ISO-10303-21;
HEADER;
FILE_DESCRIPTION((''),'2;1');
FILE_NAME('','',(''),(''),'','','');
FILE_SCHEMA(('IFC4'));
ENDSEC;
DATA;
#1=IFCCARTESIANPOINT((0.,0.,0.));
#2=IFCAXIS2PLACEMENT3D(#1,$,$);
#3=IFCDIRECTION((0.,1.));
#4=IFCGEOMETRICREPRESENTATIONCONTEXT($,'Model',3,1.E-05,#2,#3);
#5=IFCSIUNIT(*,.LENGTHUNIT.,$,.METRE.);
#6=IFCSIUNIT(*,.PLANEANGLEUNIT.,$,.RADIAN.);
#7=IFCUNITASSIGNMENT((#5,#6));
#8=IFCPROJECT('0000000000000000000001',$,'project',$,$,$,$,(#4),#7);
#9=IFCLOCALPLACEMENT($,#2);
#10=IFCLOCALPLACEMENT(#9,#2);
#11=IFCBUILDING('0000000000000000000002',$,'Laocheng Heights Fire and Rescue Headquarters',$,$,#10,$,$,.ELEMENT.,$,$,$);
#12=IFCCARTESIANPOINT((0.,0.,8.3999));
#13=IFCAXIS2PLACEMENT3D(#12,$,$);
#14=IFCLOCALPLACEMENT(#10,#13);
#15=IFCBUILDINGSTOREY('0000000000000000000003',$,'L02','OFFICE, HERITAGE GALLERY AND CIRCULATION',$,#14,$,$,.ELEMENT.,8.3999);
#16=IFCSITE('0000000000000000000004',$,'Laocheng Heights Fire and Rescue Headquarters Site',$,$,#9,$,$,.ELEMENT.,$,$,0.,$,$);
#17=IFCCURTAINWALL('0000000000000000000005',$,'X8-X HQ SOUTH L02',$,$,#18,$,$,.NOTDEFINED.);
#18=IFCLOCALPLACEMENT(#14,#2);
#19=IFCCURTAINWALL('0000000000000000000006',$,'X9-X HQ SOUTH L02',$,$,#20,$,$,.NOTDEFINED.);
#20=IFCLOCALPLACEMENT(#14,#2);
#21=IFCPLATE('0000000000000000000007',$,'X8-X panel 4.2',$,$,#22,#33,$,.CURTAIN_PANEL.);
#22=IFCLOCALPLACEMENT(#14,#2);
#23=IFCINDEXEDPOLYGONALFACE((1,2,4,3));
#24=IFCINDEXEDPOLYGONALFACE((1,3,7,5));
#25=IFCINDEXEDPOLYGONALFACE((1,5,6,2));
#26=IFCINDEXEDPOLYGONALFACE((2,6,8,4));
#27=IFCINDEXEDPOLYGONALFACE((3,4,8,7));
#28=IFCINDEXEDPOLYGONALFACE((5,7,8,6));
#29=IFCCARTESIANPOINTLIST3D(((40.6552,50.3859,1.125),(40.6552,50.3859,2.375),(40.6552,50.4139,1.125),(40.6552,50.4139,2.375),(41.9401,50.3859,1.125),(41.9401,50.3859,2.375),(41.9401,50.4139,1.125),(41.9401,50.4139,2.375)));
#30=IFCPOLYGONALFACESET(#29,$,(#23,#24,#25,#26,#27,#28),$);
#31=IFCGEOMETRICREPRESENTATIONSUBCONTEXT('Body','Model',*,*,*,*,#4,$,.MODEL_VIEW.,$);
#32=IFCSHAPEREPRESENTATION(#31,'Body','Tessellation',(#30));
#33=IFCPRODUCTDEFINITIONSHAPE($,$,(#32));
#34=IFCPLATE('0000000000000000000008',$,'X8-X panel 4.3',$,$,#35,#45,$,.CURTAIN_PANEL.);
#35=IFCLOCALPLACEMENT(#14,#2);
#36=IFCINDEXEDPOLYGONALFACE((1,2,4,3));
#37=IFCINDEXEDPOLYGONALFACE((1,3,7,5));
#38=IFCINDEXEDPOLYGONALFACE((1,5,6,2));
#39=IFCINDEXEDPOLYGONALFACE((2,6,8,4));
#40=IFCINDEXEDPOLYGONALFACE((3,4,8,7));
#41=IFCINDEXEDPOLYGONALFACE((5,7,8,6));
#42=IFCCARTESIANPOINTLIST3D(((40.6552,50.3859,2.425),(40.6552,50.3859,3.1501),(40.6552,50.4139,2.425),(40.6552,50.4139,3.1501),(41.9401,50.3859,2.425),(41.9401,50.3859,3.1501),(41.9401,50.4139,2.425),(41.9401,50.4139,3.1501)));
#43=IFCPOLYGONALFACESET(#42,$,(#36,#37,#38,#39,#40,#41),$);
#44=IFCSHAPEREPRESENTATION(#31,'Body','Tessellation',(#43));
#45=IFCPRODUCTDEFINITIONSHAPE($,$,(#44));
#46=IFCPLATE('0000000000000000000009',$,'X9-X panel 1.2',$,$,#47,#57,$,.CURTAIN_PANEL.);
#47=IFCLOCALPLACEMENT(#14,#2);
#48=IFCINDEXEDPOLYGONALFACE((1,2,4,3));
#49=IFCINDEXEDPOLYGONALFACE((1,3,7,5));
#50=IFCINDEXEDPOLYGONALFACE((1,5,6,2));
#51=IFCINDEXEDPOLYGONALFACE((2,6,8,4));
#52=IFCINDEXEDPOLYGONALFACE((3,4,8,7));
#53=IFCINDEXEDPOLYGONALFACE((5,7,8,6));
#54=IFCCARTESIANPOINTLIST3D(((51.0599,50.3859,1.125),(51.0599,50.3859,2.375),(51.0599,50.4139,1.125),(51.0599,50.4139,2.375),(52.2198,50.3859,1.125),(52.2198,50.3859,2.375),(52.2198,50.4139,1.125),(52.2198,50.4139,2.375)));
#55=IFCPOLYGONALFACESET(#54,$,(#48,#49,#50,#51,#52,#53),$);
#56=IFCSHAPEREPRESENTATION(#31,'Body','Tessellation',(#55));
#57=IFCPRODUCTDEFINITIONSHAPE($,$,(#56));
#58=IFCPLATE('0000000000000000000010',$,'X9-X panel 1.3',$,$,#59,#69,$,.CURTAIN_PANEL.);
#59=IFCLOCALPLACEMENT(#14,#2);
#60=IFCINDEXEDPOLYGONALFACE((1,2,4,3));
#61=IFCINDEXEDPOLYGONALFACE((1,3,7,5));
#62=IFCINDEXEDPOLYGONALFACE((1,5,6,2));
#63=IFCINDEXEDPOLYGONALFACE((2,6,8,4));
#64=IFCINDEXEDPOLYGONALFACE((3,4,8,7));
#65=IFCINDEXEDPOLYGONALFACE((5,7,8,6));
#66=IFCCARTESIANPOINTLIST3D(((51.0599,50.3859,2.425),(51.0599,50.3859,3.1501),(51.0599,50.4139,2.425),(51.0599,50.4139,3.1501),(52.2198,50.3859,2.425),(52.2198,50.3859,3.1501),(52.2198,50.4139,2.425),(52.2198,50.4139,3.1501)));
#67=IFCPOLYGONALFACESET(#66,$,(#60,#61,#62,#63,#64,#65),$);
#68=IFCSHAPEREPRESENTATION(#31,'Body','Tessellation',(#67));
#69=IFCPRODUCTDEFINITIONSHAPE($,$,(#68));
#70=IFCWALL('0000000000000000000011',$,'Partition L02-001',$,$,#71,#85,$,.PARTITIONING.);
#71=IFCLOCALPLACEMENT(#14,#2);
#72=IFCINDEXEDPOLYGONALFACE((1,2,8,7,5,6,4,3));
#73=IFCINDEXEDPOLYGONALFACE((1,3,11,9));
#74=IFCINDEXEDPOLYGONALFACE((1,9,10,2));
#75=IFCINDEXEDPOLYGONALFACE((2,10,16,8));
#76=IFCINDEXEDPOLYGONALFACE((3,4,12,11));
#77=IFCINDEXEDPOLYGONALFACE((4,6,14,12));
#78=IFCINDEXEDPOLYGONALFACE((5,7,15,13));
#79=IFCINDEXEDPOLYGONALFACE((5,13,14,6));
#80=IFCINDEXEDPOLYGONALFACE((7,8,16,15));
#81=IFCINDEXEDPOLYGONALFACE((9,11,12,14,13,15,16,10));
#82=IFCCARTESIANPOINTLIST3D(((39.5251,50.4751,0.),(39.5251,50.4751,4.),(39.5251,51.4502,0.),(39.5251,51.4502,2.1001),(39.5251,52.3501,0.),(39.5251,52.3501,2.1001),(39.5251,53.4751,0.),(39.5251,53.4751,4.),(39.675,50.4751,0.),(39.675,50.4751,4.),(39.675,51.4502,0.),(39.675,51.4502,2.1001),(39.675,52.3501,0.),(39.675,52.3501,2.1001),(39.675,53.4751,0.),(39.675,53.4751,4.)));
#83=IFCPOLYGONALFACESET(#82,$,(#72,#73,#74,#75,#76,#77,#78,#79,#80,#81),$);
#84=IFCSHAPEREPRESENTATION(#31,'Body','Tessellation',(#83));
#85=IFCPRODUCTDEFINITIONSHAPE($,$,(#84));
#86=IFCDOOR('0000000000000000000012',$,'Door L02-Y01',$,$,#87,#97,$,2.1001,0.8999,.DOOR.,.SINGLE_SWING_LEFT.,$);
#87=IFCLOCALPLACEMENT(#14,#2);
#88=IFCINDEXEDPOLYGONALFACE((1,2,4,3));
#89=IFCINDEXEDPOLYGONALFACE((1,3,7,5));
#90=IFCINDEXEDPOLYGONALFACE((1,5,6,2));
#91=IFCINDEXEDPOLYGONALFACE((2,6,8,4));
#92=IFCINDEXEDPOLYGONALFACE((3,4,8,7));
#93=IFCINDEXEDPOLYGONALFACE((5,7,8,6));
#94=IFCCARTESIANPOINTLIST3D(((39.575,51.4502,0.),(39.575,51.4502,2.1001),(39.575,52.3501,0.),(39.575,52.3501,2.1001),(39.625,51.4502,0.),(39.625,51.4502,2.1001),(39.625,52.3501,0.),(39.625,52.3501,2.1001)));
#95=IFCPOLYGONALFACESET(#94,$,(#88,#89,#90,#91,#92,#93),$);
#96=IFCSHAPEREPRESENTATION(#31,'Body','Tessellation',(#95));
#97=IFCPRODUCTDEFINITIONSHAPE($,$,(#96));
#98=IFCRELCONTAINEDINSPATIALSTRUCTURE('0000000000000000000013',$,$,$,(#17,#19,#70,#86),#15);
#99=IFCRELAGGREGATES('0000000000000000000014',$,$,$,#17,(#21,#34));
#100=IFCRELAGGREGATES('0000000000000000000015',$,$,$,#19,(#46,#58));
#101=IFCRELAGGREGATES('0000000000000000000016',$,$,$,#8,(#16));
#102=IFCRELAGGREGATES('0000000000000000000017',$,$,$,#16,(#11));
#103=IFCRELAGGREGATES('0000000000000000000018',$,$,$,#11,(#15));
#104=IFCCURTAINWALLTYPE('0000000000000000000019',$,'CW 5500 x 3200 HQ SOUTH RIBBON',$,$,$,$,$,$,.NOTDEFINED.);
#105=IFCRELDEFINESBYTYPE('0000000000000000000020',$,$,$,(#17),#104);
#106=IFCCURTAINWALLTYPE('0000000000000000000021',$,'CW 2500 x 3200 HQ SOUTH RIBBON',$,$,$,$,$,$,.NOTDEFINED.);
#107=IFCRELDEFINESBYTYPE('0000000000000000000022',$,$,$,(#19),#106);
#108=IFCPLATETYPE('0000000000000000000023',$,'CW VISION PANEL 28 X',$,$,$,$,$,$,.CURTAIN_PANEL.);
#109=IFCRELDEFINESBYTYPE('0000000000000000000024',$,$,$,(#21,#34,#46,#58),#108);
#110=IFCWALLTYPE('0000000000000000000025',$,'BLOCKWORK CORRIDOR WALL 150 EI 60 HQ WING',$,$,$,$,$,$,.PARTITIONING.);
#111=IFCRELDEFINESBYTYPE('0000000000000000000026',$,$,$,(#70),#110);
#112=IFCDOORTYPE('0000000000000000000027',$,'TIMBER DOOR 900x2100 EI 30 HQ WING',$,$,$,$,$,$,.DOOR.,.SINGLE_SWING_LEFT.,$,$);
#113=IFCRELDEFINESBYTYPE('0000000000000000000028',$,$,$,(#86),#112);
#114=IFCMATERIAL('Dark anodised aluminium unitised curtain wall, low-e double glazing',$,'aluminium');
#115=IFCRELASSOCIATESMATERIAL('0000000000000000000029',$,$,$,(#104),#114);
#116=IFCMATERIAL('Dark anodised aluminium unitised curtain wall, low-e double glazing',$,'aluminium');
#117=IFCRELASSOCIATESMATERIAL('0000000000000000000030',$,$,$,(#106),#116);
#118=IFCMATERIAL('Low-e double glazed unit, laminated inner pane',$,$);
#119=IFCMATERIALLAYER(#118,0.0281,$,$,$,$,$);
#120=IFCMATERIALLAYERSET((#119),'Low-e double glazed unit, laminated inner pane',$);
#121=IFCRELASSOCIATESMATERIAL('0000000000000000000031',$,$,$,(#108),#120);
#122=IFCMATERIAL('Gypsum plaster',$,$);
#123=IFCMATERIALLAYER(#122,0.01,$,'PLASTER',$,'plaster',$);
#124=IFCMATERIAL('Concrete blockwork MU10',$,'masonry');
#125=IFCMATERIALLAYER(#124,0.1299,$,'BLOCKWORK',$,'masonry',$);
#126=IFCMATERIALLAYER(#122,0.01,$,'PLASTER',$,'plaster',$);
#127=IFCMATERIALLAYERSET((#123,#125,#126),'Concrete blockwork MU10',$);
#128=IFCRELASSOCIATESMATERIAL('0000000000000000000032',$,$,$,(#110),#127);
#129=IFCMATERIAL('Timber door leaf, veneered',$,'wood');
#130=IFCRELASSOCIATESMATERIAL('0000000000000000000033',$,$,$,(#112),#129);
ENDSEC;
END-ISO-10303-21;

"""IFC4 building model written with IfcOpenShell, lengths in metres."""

from ifc_helpers import new_model, si_unit, direction, frame, frame_2d, origin, origin_2d, place, context, subcontext, project, spatial, rectangle, extrude, material, layer, layer_set, type_object, element, fill, aggregate, save


model = new_model("IFC4")

# Units and contexts
model_context = context("Model", 3, precision=1e-05, world=origin(), true_north=direction((0.0, 1.0)))
body_context = subcontext(model_context, "Body", "Model", "MODEL_VIEW")
ifc_project = project(units=[si_unit("LENGTHUNIT", "METRE"), si_unit("PLANEANGLEUNIT", "RADIAN")], contexts=[model_context])

# Site, building, storey
site_placement = place(None, origin())
site = spatial("IfcSite", under=ifc_project, at=site_placement, Name="Laocheng Heights Fire and Rescue Headquarters Site", CompositionType="ELEMENT", RefElevation=0.0)
building_placement = place(site_placement, origin())
building = spatial("IfcBuilding", under=site, at=building_placement, Name="Laocheng Heights Fire and Rescue Headquarters", CompositionType="ELEMENT")
storey_placement = place(building_placement, frame((0.0, 0.0, 8.3999)))
storey = spatial("IfcBuildingStorey", under=building, at=storey_placement, Name="L02", Description="OFFICE, HERITAGE GALLERY AND CIRCULATION", CompositionType="ELEMENT", Elevation=8.3999)

# Curtain walls
ifc_material_1 = material(Name="Dark anodised aluminium unitised curtain wall, low-e double glazing", Category="aluminium")
curtain_wall_type_1 = type_object("IfcCurtainWallType", Name="CW 5500 x 3200 HQ SOUTH RIBBON", PredefinedType="NOTDEFINED", material=ifc_material_1)
curtain_wall_1_placement = place(storey_placement, origin())
curtain_wall_1 = element("IfcCurtainWall", 1, at=curtain_wall_1_placement, inside=storey, type_object=curtain_wall_type_1, Name="X8-X HQ SOUTH L02", PredefinedType="NOTDEFINED")
ifc_material_2 = material(Name="Dark anodised aluminium unitised curtain wall, low-e double glazing", Category="aluminium")
curtain_wall_type_2 = type_object("IfcCurtainWallType", Name="CW 2500 x 3200 HQ SOUTH RIBBON", PredefinedType="NOTDEFINED", material=ifc_material_2)
curtain_wall_2_placement = place(storey_placement, origin())
curtain_wall_2 = element("IfcCurtainWall", 2, at=curtain_wall_2_placement, inside=storey, type_object=curtain_wall_type_2, Name="X9-X HQ SOUTH L02", PredefinedType="NOTDEFINED")

# Plates
ifc_material_3 = material(Name="Low-e double glazed unit, laminated inner pane")
ifc_layer_1 = layer(ifc_material_3, 0.0281)
ifc_layer_set_1 = layer_set([ifc_layer_1], Name="Low-e double glazed unit, laminated inner pane")
plate_type_1 = type_object("IfcPlateType", Name="CW VISION PANEL 28 X", PredefinedType="CURTAIN_PANEL", material=ifc_layer_set_1)
plate_1_placement = place(storey_placement, frame((41.2976, 50.3999, 1.125), z_axis=(0.0, 0.0, 1.0), x_axis=(1.0, 0.0, 0.0)))
plate_1 = element("IfcPlate", 3, at=plate_1_placement, type_object=plate_type_1, Name="X8-X panel 4.2", PredefinedType="CURTAIN_PANEL", context=body_context, shape_type="SweptSolid", body=[
    extrude(rectangle(XDim=1.2849, YDim=0.0281, at=origin_2d()), origin(), (0.0, 0.0, 1.0), 1.25),
])
plate_2_placement = place(storey_placement, frame((41.2976, 50.3999, 2.425), z_axis=(0.0, 0.0, 1.0), x_axis=(1.0, 0.0, 0.0)))
plate_2 = element("IfcPlate", 4, at=plate_2_placement, type_object=plate_type_1, Name="X8-X panel 4.3", PredefinedType="CURTAIN_PANEL", context=body_context, shape_type="SweptSolid", body=[
    extrude(rectangle(XDim=1.2849, YDim=0.0281, at=origin_2d()), origin(), (0.0, 0.0, 1.0), 0.7251),
])
aggregate(curtain_wall_1, [plate_1, plate_2])
plate_3_placement = place(storey_placement, frame((51.6399, 50.3999, 1.125), z_axis=(0.0, 0.0, 1.0), x_axis=(1.0, 0.0, 0.0)))
plate_3 = element("IfcPlate", 5, at=plate_3_placement, type_object=plate_type_1, Name="X9-X panel 1.2", PredefinedType="CURTAIN_PANEL", context=body_context, shape_type="SweptSolid", body=[
    extrude(rectangle(XDim=1.1599, YDim=0.0281, at=origin_2d()), origin(), (0.0, 0.0, 1.0), 1.25),
])
plate_4_placement = place(storey_placement, frame((51.6399, 50.3999, 2.425), z_axis=(0.0, 0.0, 1.0), x_axis=(1.0, 0.0, 0.0)))
plate_4 = element("IfcPlate", 6, at=plate_4_placement, type_object=plate_type_1, Name="X9-X panel 1.3", PredefinedType="CURTAIN_PANEL", context=body_context, shape_type="SweptSolid", body=[
    extrude(rectangle(XDim=1.1599, YDim=0.0281, at=origin_2d()), origin(), (0.0, 0.0, 1.0), 0.7251),
])
aggregate(curtain_wall_2, [plate_3, plate_4])

# Wall, opening, door
ifc_material_4 = material(Name="Gypsum plaster")
ifc_layer_2 = layer(ifc_material_4, 0.01, Name="PLASTER", Category="plaster")
ifc_material_5 = material(Name="Concrete blockwork MU10", Category="masonry")
ifc_layer_3 = layer(ifc_material_5, 0.1299, Name="BLOCKWORK", Category="masonry")
ifc_layer_4 = layer(ifc_material_4, 0.01, Name="PLASTER", Category="plaster")
ifc_layer_set_2 = layer_set([ifc_layer_2, ifc_layer_3, ifc_layer_4], Name="Concrete blockwork MU10")
wall_type = type_object("IfcWallType", Name="BLOCKWORK CORRIDOR WALL 150 EI 60 HQ WING", PredefinedType="PARTITIONING", material=ifc_layer_set_2)
wall_placement = place(storey_placement, frame((39.6001, 50.4751, 0.0), z_axis=(0.0, 0.0, 1.0), x_axis=(0.0, 1.0, 0.0)))
wall = element("IfcWall", 7, at=wall_placement, inside=storey, type_object=wall_type, Name="Partition L02-001", PredefinedType="PARTITIONING", context=body_context, shape_type="SweptSolid", body=[
    extrude(rectangle(XDim=3.0, YDim=0.1499, at=frame_2d((1.5, 0.0))), origin(), (0.0, 0.0, 1.0), 4.0),
])
opening_placement = place(wall_placement, frame((0.9751, 0.0, 0.0)))
opening = element("IfcOpeningElement", 8, at=opening_placement, cuts=wall, PredefinedType="OPENING", context=body_context, shape_type="SweptSolid", body=[
    extrude(rectangle(XDim=0.8999, YDim=2.1001, at=frame_2d((0.45, 1.05))), frame((0.0, 0.085, 0.0), z_axis=(0.0, -1.0, 0.0), x_axis=(1.0, 0.0, 0.0)), (0.0, 0.0, 1.0), 0.1699),
])
ifc_material_6 = material(Name="Timber door leaf, veneered", Category="wood")
door_type = type_object("IfcDoorType", Name="TIMBER DOOR 900x2100 EI 30 HQ WING", OperationType="SINGLE_SWING_LEFT", PredefinedType="DOOR", material=ifc_material_6)
door_placement = place(opening_placement, frame((0.8999, 0.0, 0.0), z_axis=(0.0, 0.0, 1.0), x_axis=(-1.0, 0.0, 0.0)))
door = element("IfcDoor", 9, at=door_placement, inside=storey, type_object=door_type, Name="Door L02-Y01", OperationType="SINGLE_SWING_LEFT", OverallHeight=2.1001, OverallWidth=0.8999, PredefinedType="DOOR", context=body_context, shape_type="SweptSolid", body=[
    extrude(rectangle(XDim=0.8999, YDim=2.1001, at=frame_2d((0.45, 1.05))), frame((0.0, 0.0249, 0.0), z_axis=(0.0, -1.0, 0.0), x_axis=(1.0, 0.0, 0.0)), (0.0, 0.0, 1.0), 0.05),
])
fill(opening, door)

save(model, "model.ifc")
